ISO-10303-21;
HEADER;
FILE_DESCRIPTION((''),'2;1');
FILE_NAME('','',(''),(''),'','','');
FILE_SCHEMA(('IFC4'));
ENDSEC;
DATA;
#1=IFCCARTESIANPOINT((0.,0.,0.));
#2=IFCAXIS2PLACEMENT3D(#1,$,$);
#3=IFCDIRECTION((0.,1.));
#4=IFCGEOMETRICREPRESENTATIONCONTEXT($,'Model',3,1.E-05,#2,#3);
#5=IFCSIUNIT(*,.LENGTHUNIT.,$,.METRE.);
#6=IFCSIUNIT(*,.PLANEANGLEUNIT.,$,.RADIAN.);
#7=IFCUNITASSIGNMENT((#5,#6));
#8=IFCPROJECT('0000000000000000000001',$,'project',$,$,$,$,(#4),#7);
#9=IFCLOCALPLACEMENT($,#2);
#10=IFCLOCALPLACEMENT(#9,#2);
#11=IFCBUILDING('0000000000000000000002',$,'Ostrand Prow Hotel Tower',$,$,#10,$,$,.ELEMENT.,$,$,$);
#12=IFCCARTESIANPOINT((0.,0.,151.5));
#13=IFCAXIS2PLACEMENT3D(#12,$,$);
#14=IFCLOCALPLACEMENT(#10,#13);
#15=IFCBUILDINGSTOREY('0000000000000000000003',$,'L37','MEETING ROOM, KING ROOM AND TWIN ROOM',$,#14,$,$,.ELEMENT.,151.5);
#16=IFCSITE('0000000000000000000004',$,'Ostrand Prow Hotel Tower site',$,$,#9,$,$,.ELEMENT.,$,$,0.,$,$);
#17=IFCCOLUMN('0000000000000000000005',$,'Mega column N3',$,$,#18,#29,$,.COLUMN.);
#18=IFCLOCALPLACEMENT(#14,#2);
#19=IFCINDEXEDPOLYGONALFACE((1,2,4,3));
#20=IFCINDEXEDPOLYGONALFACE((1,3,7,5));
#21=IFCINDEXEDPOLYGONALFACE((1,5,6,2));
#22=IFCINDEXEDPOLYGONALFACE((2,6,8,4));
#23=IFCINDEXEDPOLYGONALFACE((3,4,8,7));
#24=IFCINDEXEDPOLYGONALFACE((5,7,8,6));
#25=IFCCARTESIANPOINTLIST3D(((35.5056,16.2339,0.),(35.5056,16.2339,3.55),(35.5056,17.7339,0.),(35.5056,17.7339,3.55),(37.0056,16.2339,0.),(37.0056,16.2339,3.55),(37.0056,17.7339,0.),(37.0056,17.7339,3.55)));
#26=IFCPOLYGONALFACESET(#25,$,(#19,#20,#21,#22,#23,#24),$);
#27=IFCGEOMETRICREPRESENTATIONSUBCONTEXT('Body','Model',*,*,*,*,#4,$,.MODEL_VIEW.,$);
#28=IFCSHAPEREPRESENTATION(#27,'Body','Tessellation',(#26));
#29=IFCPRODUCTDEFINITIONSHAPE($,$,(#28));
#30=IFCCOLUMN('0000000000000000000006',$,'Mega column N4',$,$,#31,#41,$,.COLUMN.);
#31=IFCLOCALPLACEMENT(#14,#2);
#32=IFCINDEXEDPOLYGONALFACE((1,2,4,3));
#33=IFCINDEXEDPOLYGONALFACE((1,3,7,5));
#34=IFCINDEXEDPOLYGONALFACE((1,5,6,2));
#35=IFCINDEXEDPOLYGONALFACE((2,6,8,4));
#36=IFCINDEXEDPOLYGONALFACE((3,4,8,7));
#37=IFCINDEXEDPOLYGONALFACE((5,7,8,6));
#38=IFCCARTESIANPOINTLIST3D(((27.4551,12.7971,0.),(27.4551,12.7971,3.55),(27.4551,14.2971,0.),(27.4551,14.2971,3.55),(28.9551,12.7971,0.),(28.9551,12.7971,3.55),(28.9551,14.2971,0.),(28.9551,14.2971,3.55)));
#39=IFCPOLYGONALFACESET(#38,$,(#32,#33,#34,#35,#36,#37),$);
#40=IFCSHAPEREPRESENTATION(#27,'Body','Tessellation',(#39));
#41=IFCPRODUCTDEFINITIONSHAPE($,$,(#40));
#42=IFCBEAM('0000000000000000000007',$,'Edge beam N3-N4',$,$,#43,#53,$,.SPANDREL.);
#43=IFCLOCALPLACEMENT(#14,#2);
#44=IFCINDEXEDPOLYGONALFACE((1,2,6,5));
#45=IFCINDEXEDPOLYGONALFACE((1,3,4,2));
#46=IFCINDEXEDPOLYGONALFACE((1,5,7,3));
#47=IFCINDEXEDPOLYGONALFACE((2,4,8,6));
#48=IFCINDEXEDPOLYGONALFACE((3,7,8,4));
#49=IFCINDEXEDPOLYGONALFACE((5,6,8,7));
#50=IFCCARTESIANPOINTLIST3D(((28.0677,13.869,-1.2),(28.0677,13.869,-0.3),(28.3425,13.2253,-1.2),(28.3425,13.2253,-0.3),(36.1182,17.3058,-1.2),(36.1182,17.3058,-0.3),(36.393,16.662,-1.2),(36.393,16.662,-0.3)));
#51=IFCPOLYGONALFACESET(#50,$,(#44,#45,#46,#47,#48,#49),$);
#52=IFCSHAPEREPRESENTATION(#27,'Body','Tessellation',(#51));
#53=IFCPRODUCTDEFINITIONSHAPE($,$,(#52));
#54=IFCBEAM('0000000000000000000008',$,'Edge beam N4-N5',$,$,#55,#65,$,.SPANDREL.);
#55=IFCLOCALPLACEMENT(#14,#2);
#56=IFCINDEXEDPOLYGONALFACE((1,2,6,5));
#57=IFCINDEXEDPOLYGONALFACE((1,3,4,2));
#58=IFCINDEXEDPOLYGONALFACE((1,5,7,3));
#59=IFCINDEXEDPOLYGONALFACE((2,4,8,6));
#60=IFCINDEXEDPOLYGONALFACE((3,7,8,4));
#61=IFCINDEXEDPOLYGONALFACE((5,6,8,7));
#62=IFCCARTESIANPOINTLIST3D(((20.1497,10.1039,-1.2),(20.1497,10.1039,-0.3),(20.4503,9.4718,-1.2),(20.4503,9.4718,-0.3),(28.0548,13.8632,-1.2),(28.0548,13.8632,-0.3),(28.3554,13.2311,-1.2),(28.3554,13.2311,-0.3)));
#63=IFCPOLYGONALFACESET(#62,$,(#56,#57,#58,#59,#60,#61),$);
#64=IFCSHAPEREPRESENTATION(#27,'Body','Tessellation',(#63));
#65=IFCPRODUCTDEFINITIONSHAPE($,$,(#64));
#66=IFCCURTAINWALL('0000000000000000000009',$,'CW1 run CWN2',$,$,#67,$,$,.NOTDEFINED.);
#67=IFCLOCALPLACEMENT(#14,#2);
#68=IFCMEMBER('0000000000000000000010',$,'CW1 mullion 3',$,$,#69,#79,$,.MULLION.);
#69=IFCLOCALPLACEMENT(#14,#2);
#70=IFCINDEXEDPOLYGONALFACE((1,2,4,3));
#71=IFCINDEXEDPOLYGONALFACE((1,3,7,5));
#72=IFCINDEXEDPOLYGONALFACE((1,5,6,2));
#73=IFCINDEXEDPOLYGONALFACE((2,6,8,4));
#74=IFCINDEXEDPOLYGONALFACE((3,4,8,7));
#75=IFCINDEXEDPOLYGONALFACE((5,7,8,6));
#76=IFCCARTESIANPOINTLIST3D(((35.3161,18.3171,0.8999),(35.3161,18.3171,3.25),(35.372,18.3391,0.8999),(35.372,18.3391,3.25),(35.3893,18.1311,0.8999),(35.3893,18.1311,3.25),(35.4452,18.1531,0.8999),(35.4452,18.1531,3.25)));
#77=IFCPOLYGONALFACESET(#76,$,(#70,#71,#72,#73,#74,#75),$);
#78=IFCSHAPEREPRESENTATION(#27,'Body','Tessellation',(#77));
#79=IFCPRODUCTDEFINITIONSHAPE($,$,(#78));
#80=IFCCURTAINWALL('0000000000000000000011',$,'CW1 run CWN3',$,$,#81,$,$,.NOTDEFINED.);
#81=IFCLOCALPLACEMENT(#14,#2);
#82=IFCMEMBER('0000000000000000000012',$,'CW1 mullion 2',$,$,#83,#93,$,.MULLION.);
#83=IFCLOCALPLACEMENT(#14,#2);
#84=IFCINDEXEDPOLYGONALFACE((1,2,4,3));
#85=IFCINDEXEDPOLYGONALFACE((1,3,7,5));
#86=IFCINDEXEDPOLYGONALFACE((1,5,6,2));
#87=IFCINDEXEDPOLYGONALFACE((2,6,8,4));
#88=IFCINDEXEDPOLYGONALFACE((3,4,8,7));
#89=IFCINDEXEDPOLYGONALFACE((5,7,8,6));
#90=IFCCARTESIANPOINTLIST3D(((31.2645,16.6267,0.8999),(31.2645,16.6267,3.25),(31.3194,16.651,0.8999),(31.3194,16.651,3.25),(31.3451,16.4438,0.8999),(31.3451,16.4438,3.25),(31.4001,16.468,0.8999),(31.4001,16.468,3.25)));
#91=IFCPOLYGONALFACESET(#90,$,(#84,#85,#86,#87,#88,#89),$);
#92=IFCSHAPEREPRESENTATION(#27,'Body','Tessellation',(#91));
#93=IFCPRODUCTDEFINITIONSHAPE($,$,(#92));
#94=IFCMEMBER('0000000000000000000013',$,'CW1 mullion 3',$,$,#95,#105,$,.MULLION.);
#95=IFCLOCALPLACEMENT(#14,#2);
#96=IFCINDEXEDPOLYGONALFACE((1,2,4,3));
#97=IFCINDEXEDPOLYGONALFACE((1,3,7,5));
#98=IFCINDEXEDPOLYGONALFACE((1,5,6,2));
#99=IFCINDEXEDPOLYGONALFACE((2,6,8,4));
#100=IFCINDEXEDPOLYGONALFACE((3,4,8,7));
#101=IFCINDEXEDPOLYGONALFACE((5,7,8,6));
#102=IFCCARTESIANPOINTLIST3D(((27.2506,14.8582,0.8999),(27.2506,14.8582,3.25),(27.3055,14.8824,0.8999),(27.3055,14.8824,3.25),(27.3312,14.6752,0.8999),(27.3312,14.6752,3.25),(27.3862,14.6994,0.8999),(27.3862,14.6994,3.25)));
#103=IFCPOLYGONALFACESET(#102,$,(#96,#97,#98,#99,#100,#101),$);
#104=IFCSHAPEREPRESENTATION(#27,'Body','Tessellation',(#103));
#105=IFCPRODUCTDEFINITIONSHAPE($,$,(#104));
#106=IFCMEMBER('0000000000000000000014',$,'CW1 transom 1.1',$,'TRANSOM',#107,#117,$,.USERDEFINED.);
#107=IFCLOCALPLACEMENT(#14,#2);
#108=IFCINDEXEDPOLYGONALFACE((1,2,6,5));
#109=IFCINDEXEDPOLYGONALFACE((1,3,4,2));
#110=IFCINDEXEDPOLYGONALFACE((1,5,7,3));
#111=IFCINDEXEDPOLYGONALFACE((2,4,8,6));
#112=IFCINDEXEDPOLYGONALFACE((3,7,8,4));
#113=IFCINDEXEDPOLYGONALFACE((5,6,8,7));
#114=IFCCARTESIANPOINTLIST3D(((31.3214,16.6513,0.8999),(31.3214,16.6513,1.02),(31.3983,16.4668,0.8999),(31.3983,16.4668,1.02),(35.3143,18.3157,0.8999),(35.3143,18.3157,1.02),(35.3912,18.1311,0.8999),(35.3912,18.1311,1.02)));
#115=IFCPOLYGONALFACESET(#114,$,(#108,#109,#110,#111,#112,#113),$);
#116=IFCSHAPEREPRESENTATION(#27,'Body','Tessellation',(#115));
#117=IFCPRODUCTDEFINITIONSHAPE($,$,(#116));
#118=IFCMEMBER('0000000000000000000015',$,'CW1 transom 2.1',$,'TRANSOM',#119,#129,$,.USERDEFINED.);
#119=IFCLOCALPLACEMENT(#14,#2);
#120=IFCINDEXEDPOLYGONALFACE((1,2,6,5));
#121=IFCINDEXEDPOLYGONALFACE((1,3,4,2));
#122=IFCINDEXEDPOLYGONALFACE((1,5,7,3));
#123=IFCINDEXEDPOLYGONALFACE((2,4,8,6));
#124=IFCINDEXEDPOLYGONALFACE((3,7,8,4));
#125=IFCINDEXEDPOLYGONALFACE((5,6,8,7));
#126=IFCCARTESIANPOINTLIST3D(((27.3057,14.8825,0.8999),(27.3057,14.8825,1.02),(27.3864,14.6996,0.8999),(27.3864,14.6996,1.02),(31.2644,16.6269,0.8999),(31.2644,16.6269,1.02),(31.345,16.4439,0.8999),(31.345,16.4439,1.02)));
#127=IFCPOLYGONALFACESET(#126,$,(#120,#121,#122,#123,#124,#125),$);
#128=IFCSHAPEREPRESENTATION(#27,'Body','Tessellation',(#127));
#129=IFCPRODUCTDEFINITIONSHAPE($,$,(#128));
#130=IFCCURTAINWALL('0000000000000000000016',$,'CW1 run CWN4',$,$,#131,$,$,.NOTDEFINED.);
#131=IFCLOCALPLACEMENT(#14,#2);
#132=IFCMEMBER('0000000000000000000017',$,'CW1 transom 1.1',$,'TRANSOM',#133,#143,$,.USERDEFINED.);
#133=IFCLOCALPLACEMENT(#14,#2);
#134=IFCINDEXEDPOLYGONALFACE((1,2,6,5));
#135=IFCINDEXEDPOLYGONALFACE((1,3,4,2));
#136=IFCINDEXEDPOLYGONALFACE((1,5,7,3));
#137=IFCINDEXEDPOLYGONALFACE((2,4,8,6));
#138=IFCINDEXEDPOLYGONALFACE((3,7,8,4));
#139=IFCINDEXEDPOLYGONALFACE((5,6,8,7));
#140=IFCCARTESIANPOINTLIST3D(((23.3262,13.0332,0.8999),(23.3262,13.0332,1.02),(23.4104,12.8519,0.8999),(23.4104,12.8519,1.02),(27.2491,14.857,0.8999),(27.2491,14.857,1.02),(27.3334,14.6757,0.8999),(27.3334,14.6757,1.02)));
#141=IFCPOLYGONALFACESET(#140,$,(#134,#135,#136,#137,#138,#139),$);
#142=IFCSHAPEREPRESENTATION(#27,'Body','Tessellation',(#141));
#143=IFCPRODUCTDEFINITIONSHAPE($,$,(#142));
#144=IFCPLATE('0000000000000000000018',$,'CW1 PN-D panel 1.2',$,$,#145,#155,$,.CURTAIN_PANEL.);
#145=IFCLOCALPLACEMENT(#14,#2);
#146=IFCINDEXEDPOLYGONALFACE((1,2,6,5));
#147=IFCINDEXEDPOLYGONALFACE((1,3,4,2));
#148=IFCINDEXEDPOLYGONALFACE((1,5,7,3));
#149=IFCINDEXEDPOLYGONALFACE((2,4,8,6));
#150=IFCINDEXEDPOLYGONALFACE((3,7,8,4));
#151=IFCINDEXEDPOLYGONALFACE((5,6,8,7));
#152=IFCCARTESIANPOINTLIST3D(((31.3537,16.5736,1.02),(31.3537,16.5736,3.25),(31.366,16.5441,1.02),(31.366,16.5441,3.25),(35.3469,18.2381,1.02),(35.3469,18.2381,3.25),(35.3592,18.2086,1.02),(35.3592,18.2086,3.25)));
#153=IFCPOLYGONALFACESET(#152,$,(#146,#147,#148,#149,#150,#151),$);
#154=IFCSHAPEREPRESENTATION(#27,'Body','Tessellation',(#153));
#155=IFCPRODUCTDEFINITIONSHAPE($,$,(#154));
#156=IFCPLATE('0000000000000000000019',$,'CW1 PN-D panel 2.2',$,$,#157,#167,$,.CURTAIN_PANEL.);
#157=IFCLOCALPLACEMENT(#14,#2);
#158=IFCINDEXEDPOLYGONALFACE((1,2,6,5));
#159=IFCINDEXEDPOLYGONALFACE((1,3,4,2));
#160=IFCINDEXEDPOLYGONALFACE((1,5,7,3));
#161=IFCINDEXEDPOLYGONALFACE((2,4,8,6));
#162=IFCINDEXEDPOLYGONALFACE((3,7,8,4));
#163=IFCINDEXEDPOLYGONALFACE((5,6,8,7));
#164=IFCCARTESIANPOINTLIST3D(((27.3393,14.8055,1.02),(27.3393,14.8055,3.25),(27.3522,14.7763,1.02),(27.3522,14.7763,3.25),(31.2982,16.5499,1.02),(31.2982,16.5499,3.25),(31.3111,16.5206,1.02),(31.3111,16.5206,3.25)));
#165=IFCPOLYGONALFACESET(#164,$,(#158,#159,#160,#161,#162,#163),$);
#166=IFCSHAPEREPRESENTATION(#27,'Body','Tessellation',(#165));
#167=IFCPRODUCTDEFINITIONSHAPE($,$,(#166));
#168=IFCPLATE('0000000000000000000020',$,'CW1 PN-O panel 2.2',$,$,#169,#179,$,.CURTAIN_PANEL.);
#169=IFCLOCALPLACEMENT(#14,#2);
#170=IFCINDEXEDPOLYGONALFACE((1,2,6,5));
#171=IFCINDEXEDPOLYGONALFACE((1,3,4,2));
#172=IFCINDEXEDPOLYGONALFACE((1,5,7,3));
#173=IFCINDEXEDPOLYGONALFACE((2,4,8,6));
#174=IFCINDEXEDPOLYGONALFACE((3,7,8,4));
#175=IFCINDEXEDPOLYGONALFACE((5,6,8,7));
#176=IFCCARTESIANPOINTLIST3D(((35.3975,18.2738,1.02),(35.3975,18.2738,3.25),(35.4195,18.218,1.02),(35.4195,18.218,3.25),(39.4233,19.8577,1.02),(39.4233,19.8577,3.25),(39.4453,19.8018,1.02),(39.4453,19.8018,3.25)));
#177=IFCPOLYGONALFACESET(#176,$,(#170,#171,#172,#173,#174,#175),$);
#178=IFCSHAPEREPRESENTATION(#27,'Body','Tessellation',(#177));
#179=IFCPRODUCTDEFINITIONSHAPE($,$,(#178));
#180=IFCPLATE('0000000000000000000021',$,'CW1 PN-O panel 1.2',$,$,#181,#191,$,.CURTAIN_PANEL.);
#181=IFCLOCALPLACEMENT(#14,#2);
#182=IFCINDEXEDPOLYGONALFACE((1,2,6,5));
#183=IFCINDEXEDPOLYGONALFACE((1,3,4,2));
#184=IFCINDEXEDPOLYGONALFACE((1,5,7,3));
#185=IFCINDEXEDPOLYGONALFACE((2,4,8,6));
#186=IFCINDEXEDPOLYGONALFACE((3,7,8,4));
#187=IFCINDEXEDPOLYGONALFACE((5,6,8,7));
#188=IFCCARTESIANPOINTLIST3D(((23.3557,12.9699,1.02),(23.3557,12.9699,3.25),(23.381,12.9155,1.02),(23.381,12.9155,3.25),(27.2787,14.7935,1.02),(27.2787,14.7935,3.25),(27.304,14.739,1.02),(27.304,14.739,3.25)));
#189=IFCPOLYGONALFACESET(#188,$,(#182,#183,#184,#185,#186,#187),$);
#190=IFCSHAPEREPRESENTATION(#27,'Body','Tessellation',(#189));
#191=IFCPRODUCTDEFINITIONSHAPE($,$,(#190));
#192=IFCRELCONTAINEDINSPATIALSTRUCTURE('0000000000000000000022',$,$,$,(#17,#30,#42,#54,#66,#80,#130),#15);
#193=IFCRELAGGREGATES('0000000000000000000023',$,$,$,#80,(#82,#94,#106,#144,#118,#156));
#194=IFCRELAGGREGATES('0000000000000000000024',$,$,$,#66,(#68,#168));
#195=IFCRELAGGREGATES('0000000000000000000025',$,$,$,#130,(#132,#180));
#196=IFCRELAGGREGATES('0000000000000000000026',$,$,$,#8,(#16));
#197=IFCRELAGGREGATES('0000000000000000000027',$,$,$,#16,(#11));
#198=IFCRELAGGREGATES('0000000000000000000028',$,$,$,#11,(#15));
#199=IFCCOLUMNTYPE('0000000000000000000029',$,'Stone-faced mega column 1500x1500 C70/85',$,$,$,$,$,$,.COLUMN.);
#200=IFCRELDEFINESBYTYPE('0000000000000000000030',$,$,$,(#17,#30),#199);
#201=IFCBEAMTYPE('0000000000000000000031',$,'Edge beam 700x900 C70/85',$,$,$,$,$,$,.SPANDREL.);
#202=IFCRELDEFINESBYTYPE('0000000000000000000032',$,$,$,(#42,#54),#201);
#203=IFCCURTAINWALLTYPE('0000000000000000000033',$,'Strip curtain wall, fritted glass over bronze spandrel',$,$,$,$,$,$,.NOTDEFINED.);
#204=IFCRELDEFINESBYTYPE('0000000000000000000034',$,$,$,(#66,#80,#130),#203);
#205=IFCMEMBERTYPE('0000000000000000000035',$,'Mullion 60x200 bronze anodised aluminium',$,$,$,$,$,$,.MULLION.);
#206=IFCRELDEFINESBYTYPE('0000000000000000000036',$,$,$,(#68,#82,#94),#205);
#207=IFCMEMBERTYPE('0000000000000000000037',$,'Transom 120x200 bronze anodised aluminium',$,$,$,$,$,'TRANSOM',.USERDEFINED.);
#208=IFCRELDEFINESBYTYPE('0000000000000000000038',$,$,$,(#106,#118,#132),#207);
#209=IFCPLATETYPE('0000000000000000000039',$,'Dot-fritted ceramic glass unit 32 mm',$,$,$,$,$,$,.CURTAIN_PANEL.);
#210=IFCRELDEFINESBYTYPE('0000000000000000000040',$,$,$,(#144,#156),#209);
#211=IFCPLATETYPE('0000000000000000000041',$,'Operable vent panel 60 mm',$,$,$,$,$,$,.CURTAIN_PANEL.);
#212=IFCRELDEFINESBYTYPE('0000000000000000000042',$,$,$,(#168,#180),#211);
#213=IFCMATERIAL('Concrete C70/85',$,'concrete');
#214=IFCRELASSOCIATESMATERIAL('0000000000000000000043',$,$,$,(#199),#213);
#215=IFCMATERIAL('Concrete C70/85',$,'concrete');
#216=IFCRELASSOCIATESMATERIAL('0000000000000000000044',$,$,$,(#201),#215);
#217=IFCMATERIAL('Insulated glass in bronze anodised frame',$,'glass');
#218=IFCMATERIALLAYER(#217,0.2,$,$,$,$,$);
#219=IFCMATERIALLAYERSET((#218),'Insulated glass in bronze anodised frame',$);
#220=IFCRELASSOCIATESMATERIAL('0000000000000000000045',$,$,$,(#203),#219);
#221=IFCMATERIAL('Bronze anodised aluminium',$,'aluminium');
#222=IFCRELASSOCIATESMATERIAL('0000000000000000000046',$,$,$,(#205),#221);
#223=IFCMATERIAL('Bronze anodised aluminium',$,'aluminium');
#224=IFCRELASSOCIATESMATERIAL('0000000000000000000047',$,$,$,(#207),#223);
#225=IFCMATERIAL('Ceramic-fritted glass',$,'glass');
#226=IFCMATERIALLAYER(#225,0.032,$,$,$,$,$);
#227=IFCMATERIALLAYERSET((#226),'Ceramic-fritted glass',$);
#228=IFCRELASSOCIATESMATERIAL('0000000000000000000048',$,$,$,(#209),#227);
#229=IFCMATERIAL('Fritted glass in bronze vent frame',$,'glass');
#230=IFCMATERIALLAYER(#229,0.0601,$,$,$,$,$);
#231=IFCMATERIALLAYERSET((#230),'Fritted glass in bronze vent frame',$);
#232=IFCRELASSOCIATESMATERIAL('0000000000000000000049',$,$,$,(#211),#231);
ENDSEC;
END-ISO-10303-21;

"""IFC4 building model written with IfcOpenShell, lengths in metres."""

from ifc_helpers import new_model, si_unit, direction, frame, origin, origin_2d, place, context, subcontext, project, spatial, rectangle, extrude, material, layer, layer_set, material_profile, profile_set, type_object, element, aggregate, save


model = new_model("IFC4")

# Units and contexts
model_context = context("Model", 3, precision=1e-05, world=origin(), true_north=direction((0.0, 1.0)))
body_context = subcontext(model_context, "Body", "Model", "MODEL_VIEW")
ifc_project = project(units=[si_unit("LENGTHUNIT", "METRE"), si_unit("PLANEANGLEUNIT", "RADIAN")], contexts=[model_context])

# Site, building, storey
site_placement = place(None, origin())
site = spatial("IfcSite", under=ifc_project, at=site_placement, Name="Ostrand Prow Hotel Tower site", CompositionType="ELEMENT", RefElevation=0.0)
building_placement = place(site_placement, origin())
building = spatial("IfcBuilding", under=site, at=building_placement, Name="Ostrand Prow Hotel Tower", CompositionType="ELEMENT")
storey_placement = place(building_placement, frame((0.0, 0.0, 151.5)))
storey = spatial("IfcBuildingStorey", under=building, at=storey_placement, Name="L37", Description="MEETING ROOM, KING ROOM AND TWIN ROOM", CompositionType="ELEMENT", Elevation=151.5)

# Columns
ifc_material_1 = material(Name="Concrete C70/85", Category="concrete")
ifc_material_profile_1 = material_profile(ifc_material_1, rectangle(XDim=1.5, YDim=1.5, at=origin_2d()), Name="RC 1500x1500")
ifc_profile_set_1 = profile_set([ifc_material_profile_1], Name="Concrete C70/85")
column_type = type_object("IfcColumnType", Name="Stone-faced mega column 1500x1500 C70/85", PredefinedType="COLUMN", material=ifc_profile_set_1)
for number, where, z_axis, x_axis, name in (
    (1, (36.2556, 16.9839, 0.0), (0.0, 0.0, 1.0), (1.0, 0.0, 0.0), "Mega column N3"),
    (2, (28.2051, 13.5471, 0.0), (0.0, 0.0, 1.0), (1.0, 0.0, 0.0), "Mega column N4"),
):
    element("IfcColumn", number, at=place(storey_placement, frame(where, z_axis=z_axis, x_axis=x_axis)), inside=storey, type_object=column_type, Name=name, PredefinedType="COLUMN", context=body_context, shape_type="SweptSolid", body=[
        extrude(rectangle(XDim=1.5, YDim=1.5, at=origin_2d()), origin(), (0.0, 0.0, 1.0), 3.55),
    ])

# Beams
ifc_material_2 = material(Name="Concrete C70/85", Category="concrete")
ifc_material_profile_2 = material_profile(ifc_material_2, rectangle(XDim=0.7, YDim=0.8999, at=origin_2d()), Name="RC 700x900")
ifc_profile_set_2 = profile_set([ifc_material_profile_2], Name="Concrete C70/85")
beam_type = type_object("IfcBeamType", Name="Edge beam 700x900 C70/85", PredefinedType="SPANDREL", material=ifc_profile_set_2)
for number, where, z_axis, x_axis, name in (
    (3, (36.2556, 16.9839, -0.75), (-0.919701, -0.39262, 0.0), (0.39262, -0.919701, 0.0), "Edge beam N3-N4"),
    (4, (28.2051, 13.5471, -0.75), (-0.903083, -0.429466, 0.0), (0.429466, -0.903083, 0.0), "Edge beam N4-N5"),
):
    element("IfcBeam", number, at=place(storey_placement, frame(where, z_axis=z_axis, x_axis=x_axis)), inside=storey, type_object=beam_type, Name=name, PredefinedType="SPANDREL", context=body_context, shape_type="SweptSolid", body=[
        extrude(rectangle(XDim=0.7, YDim=0.8999, at=origin_2d()), origin(), (0.0, 0.0, 1.0), 8.7534),
    ])

# Curtain wall, member
ifc_material_3 = material(Name="Insulated glass in bronze anodised frame", Category="glass")
ifc_layer_1 = layer(ifc_material_3, 0.2)
ifc_layer_set_1 = layer_set([ifc_layer_1], Name="Insulated glass in bronze anodised frame")
curtain_wall_type = type_object("IfcCurtainWallType", Name="Strip curtain wall, fritted glass over bronze spandrel", PredefinedType="NOTDEFINED", material=ifc_layer_set_1)
curtain_wall_1_placement = place(storey_placement, origin())
curtain_wall_1 = element("IfcCurtainWall", 5, at=curtain_wall_1_placement, inside=storey, type_object=curtain_wall_type, Name="CW1 run CWN2", PredefinedType="NOTDEFINED")
ifc_material_4 = material(Name="Bronze anodised aluminium", Category="aluminium")
ifc_material_profile_3 = material_profile(ifc_material_4, rectangle(XDim=0.2, YDim=0.0601, at=origin_2d()), Name="Mullion 60x200 bronze anodised aluminium")
ifc_profile_set_3 = profile_set([ifc_material_profile_3], Name="Bronze anodised aluminium")
member_type_1 = type_object("IfcMemberType", Name="Mullion 60x200 bronze anodised aluminium", PredefinedType="MULLION", material=ifc_profile_set_3)
member_1_placement = place(storey_placement, frame((35.3806, 18.2351, 0.8999), z_axis=(0.0, 0.0, 1.0), x_axis=(0.366116, -0.930569, 0.0)))
member_1 = element("IfcMember", 6, at=member_1_placement, type_object=member_type_1, Name="CW1 mullion 3", PredefinedType="MULLION", context=body_context, shape_type="SweptSolid", body=[
    extrude(rectangle(XDim=0.2, YDim=0.0601, at=origin_2d()), origin(), (0.0, 0.0, 1.0), 2.3501),
])

# Curtain wall, members
curtain_wall_2_placement = place(storey_placement, origin())
curtain_wall_2 = element("IfcCurtainWall", 7, at=curtain_wall_2_placement, inside=storey, type_object=curtain_wall_type, Name="CW1 run CWN3", PredefinedType="NOTDEFINED")
member_2_placement = place(storey_placement, frame((31.3323, 16.5474, 0.8999), z_axis=(0.0, 0.0, 1.0), x_axis=(0.403213, -0.915106, 0.0)))
member_2 = element("IfcMember", 8, at=member_2_placement, type_object=member_type_1, Name="CW1 mullion 2", PredefinedType="MULLION", context=body_context, shape_type="SweptSolid", body=[
    extrude(rectangle(XDim=0.2, YDim=0.0601, at=origin_2d()), origin(), (0.0, 0.0, 1.0), 2.3501),
])
member_3_placement = place(storey_placement, frame((27.3184, 14.7788, 0.8999), z_axis=(0.0, 0.0, 1.0), x_axis=(0.403213, -0.915106, 0.0)))
member_3 = element("IfcMember", 9, at=member_3_placement, type_object=member_type_1, Name="CW1 mullion 3", PredefinedType="MULLION", context=body_context, shape_type="SweptSolid", body=[
    extrude(rectangle(XDim=0.2, YDim=0.0601, at=origin_2d()), origin(), (0.0, 0.0, 1.0), 2.3501),
])
ifc_material_5 = material(Name="Bronze anodised aluminium", Category="aluminium")
ifc_material_profile_4 = material_profile(ifc_material_5, rectangle(XDim=0.2, YDim=0.1201, at=origin_2d()), Name="Transom 120x200 bronze anodised aluminium")
ifc_profile_set_4 = profile_set([ifc_material_profile_4], Name="Bronze anodised aluminium")
member_type_2 = type_object("IfcMemberType", Name="Transom 120x200 bronze anodised aluminium", ElementType="TRANSOM", PredefinedType="USERDEFINED", material=ifc_profile_set_4)
member_4_placement = place(storey_placement, frame((35.3528, 18.2234, 0.96), z_axis=(-0.923028, -0.384732, 0.0), x_axis=(0.384732, -0.923028, 0.0)))
member_4 = element("IfcMember", 10, at=member_4_placement, type_object=member_type_2, Name="CW1 transom 1.1", ObjectType="TRANSOM", PredefinedType="USERDEFINED", context=body_context, shape_type="SweptSolid", body=[
    extrude(rectangle(XDim=0.2, YDim=0.1201, at=origin_2d()), origin(), (0.0, 0.0, 1.0), 4.3259),
])
member_5_placement = place(storey_placement, frame((31.3047, 16.5354, 0.96), z_axis=(-0.915099, -0.40323, 0.0), x_axis=(0.40323, -0.915099, 0.0)))
member_5 = element("IfcMember", 11, at=member_5_placement, type_object=member_type_2, Name="CW1 transom 2.1", ObjectType="TRANSOM", PredefinedType="USERDEFINED", context=body_context, shape_type="SweptSolid", body=[
    extrude(rectangle(XDim=0.2, YDim=0.1201, at=origin_2d()), origin(), (0.0, 0.0, 1.0), 4.3259),
])

# Curtain wall, member
curtain_wall_3_placement = place(storey_placement, origin())
curtain_wall_3 = element("IfcCurtainWall", 12, at=curtain_wall_3_placement, inside=storey, type_object=curtain_wall_type, Name="CW1 run CWN4", PredefinedType="NOTDEFINED")
member_6_placement = place(storey_placement, frame((27.2913, 14.7664, 0.96), z_axis=(-0.906796, -0.421569, 0.0), x_axis=(0.421569, -0.906796, 0.0)))
member_6 = element("IfcMember", 13, at=member_6_placement, type_object=member_type_2, Name="CW1 transom 1.1", ObjectType="TRANSOM", PredefinedType="USERDEFINED", context=body_context, shape_type="SweptSolid", body=[
    extrude(rectangle(XDim=0.2, YDim=0.1201, at=origin_2d()), origin(), (0.0, 0.0, 1.0), 4.3262),
])

# Plates
ifc_material_6 = material(Name="Ceramic-fritted glass", Category="glass")
ifc_layer_2 = layer(ifc_material_6, 0.032)
ifc_layer_set_2 = layer_set([ifc_layer_2], Name="Ceramic-fritted glass")
plate_type_1 = type_object("IfcPlateType", Name="Dot-fritted ceramic glass unit 32 mm", PredefinedType="CURTAIN_PANEL", material=ifc_layer_set_2)
plate_1_placement = place(storey_placement, frame((33.3564, 17.3911, 1.02), z_axis=(0.0, 0.0, 1.0), x_axis=(-0.923024, -0.384743, 0.0)))
plate_1 = element("IfcPlate", 14, at=plate_1_placement, type_object=plate_type_1, Name="CW1 PN-D panel 1.2", PredefinedType="CURTAIN_PANEL", context=body_context, shape_type="SweptSolid", body=[
    extrude(rectangle(XDim=4.3262, YDim=0.032, at=origin_2d()), origin(), (0.0, 0.0, 1.0), 2.23),
])
plate_2_placement = place(storey_placement, frame((29.3252, 15.6631, 1.02), z_axis=(0.0, 0.0, 1.0), x_axis=(-0.915106, -0.403213, 0.0)))
plate_2 = element("IfcPlate", 15, at=plate_2_placement, type_object=plate_type_1, Name="CW1 PN-D panel 2.2", PredefinedType="CURTAIN_PANEL", context=body_context, shape_type="SweptSolid", body=[
    extrude(rectangle(XDim=4.3262, YDim=0.032, at=origin_2d()), origin(), (0.0, 0.0, 1.0), 2.23),
])
aggregate(curtain_wall_2, [member_2, member_3, member_4, plate_1, member_5, plate_2])
ifc_material_7 = material(Name="Fritted glass in bronze vent frame", Category="glass")
ifc_layer_3 = layer(ifc_material_7, 0.0601)
ifc_layer_set_3 = layer_set([ifc_layer_3], Name="Fritted glass in bronze vent frame")
plate_type_2 = type_object("IfcPlateType", Name="Operable vent panel 60 mm", PredefinedType="CURTAIN_PANEL", material=ifc_layer_set_3)
plate_3_placement = place(storey_placement, frame((37.4214, 19.0378, 1.02), z_axis=(0.0, 0.0, 1.0), x_axis=(-0.930569, -0.366116, 0.0)))
plate_3 = element("IfcPlate", 16, at=plate_3_placement, type_object=plate_type_2, Name="CW1 PN-O panel 2.2", PredefinedType="CURTAIN_PANEL", context=body_context, shape_type="SweptSolid", body=[
    extrude(rectangle(XDim=4.3262, YDim=0.0601, at=origin_2d()), origin(), (0.0, 0.0, 1.0), 2.23),
])
aggregate(curtain_wall_1, [member_1, plate_3])
plate_4_placement = place(storey_placement, frame((25.3298, 13.8545, 1.02), z_axis=(0.0, 0.0, 1.0), x_axis=(-0.906818, -0.421522, 0.0)))
plate_4 = element("IfcPlate", 17, at=plate_4_placement, type_object=plate_type_2, Name="CW1 PN-O panel 1.2", PredefinedType="CURTAIN_PANEL", context=body_context, shape_type="SweptSolid", body=[
    extrude(rectangle(XDim=4.3262, YDim=0.0601, at=origin_2d()), origin(), (0.0, 0.0, 1.0), 2.23),
])
aggregate(curtain_wall_3, [member_6, plate_4])

save(model, "model.ifc")
